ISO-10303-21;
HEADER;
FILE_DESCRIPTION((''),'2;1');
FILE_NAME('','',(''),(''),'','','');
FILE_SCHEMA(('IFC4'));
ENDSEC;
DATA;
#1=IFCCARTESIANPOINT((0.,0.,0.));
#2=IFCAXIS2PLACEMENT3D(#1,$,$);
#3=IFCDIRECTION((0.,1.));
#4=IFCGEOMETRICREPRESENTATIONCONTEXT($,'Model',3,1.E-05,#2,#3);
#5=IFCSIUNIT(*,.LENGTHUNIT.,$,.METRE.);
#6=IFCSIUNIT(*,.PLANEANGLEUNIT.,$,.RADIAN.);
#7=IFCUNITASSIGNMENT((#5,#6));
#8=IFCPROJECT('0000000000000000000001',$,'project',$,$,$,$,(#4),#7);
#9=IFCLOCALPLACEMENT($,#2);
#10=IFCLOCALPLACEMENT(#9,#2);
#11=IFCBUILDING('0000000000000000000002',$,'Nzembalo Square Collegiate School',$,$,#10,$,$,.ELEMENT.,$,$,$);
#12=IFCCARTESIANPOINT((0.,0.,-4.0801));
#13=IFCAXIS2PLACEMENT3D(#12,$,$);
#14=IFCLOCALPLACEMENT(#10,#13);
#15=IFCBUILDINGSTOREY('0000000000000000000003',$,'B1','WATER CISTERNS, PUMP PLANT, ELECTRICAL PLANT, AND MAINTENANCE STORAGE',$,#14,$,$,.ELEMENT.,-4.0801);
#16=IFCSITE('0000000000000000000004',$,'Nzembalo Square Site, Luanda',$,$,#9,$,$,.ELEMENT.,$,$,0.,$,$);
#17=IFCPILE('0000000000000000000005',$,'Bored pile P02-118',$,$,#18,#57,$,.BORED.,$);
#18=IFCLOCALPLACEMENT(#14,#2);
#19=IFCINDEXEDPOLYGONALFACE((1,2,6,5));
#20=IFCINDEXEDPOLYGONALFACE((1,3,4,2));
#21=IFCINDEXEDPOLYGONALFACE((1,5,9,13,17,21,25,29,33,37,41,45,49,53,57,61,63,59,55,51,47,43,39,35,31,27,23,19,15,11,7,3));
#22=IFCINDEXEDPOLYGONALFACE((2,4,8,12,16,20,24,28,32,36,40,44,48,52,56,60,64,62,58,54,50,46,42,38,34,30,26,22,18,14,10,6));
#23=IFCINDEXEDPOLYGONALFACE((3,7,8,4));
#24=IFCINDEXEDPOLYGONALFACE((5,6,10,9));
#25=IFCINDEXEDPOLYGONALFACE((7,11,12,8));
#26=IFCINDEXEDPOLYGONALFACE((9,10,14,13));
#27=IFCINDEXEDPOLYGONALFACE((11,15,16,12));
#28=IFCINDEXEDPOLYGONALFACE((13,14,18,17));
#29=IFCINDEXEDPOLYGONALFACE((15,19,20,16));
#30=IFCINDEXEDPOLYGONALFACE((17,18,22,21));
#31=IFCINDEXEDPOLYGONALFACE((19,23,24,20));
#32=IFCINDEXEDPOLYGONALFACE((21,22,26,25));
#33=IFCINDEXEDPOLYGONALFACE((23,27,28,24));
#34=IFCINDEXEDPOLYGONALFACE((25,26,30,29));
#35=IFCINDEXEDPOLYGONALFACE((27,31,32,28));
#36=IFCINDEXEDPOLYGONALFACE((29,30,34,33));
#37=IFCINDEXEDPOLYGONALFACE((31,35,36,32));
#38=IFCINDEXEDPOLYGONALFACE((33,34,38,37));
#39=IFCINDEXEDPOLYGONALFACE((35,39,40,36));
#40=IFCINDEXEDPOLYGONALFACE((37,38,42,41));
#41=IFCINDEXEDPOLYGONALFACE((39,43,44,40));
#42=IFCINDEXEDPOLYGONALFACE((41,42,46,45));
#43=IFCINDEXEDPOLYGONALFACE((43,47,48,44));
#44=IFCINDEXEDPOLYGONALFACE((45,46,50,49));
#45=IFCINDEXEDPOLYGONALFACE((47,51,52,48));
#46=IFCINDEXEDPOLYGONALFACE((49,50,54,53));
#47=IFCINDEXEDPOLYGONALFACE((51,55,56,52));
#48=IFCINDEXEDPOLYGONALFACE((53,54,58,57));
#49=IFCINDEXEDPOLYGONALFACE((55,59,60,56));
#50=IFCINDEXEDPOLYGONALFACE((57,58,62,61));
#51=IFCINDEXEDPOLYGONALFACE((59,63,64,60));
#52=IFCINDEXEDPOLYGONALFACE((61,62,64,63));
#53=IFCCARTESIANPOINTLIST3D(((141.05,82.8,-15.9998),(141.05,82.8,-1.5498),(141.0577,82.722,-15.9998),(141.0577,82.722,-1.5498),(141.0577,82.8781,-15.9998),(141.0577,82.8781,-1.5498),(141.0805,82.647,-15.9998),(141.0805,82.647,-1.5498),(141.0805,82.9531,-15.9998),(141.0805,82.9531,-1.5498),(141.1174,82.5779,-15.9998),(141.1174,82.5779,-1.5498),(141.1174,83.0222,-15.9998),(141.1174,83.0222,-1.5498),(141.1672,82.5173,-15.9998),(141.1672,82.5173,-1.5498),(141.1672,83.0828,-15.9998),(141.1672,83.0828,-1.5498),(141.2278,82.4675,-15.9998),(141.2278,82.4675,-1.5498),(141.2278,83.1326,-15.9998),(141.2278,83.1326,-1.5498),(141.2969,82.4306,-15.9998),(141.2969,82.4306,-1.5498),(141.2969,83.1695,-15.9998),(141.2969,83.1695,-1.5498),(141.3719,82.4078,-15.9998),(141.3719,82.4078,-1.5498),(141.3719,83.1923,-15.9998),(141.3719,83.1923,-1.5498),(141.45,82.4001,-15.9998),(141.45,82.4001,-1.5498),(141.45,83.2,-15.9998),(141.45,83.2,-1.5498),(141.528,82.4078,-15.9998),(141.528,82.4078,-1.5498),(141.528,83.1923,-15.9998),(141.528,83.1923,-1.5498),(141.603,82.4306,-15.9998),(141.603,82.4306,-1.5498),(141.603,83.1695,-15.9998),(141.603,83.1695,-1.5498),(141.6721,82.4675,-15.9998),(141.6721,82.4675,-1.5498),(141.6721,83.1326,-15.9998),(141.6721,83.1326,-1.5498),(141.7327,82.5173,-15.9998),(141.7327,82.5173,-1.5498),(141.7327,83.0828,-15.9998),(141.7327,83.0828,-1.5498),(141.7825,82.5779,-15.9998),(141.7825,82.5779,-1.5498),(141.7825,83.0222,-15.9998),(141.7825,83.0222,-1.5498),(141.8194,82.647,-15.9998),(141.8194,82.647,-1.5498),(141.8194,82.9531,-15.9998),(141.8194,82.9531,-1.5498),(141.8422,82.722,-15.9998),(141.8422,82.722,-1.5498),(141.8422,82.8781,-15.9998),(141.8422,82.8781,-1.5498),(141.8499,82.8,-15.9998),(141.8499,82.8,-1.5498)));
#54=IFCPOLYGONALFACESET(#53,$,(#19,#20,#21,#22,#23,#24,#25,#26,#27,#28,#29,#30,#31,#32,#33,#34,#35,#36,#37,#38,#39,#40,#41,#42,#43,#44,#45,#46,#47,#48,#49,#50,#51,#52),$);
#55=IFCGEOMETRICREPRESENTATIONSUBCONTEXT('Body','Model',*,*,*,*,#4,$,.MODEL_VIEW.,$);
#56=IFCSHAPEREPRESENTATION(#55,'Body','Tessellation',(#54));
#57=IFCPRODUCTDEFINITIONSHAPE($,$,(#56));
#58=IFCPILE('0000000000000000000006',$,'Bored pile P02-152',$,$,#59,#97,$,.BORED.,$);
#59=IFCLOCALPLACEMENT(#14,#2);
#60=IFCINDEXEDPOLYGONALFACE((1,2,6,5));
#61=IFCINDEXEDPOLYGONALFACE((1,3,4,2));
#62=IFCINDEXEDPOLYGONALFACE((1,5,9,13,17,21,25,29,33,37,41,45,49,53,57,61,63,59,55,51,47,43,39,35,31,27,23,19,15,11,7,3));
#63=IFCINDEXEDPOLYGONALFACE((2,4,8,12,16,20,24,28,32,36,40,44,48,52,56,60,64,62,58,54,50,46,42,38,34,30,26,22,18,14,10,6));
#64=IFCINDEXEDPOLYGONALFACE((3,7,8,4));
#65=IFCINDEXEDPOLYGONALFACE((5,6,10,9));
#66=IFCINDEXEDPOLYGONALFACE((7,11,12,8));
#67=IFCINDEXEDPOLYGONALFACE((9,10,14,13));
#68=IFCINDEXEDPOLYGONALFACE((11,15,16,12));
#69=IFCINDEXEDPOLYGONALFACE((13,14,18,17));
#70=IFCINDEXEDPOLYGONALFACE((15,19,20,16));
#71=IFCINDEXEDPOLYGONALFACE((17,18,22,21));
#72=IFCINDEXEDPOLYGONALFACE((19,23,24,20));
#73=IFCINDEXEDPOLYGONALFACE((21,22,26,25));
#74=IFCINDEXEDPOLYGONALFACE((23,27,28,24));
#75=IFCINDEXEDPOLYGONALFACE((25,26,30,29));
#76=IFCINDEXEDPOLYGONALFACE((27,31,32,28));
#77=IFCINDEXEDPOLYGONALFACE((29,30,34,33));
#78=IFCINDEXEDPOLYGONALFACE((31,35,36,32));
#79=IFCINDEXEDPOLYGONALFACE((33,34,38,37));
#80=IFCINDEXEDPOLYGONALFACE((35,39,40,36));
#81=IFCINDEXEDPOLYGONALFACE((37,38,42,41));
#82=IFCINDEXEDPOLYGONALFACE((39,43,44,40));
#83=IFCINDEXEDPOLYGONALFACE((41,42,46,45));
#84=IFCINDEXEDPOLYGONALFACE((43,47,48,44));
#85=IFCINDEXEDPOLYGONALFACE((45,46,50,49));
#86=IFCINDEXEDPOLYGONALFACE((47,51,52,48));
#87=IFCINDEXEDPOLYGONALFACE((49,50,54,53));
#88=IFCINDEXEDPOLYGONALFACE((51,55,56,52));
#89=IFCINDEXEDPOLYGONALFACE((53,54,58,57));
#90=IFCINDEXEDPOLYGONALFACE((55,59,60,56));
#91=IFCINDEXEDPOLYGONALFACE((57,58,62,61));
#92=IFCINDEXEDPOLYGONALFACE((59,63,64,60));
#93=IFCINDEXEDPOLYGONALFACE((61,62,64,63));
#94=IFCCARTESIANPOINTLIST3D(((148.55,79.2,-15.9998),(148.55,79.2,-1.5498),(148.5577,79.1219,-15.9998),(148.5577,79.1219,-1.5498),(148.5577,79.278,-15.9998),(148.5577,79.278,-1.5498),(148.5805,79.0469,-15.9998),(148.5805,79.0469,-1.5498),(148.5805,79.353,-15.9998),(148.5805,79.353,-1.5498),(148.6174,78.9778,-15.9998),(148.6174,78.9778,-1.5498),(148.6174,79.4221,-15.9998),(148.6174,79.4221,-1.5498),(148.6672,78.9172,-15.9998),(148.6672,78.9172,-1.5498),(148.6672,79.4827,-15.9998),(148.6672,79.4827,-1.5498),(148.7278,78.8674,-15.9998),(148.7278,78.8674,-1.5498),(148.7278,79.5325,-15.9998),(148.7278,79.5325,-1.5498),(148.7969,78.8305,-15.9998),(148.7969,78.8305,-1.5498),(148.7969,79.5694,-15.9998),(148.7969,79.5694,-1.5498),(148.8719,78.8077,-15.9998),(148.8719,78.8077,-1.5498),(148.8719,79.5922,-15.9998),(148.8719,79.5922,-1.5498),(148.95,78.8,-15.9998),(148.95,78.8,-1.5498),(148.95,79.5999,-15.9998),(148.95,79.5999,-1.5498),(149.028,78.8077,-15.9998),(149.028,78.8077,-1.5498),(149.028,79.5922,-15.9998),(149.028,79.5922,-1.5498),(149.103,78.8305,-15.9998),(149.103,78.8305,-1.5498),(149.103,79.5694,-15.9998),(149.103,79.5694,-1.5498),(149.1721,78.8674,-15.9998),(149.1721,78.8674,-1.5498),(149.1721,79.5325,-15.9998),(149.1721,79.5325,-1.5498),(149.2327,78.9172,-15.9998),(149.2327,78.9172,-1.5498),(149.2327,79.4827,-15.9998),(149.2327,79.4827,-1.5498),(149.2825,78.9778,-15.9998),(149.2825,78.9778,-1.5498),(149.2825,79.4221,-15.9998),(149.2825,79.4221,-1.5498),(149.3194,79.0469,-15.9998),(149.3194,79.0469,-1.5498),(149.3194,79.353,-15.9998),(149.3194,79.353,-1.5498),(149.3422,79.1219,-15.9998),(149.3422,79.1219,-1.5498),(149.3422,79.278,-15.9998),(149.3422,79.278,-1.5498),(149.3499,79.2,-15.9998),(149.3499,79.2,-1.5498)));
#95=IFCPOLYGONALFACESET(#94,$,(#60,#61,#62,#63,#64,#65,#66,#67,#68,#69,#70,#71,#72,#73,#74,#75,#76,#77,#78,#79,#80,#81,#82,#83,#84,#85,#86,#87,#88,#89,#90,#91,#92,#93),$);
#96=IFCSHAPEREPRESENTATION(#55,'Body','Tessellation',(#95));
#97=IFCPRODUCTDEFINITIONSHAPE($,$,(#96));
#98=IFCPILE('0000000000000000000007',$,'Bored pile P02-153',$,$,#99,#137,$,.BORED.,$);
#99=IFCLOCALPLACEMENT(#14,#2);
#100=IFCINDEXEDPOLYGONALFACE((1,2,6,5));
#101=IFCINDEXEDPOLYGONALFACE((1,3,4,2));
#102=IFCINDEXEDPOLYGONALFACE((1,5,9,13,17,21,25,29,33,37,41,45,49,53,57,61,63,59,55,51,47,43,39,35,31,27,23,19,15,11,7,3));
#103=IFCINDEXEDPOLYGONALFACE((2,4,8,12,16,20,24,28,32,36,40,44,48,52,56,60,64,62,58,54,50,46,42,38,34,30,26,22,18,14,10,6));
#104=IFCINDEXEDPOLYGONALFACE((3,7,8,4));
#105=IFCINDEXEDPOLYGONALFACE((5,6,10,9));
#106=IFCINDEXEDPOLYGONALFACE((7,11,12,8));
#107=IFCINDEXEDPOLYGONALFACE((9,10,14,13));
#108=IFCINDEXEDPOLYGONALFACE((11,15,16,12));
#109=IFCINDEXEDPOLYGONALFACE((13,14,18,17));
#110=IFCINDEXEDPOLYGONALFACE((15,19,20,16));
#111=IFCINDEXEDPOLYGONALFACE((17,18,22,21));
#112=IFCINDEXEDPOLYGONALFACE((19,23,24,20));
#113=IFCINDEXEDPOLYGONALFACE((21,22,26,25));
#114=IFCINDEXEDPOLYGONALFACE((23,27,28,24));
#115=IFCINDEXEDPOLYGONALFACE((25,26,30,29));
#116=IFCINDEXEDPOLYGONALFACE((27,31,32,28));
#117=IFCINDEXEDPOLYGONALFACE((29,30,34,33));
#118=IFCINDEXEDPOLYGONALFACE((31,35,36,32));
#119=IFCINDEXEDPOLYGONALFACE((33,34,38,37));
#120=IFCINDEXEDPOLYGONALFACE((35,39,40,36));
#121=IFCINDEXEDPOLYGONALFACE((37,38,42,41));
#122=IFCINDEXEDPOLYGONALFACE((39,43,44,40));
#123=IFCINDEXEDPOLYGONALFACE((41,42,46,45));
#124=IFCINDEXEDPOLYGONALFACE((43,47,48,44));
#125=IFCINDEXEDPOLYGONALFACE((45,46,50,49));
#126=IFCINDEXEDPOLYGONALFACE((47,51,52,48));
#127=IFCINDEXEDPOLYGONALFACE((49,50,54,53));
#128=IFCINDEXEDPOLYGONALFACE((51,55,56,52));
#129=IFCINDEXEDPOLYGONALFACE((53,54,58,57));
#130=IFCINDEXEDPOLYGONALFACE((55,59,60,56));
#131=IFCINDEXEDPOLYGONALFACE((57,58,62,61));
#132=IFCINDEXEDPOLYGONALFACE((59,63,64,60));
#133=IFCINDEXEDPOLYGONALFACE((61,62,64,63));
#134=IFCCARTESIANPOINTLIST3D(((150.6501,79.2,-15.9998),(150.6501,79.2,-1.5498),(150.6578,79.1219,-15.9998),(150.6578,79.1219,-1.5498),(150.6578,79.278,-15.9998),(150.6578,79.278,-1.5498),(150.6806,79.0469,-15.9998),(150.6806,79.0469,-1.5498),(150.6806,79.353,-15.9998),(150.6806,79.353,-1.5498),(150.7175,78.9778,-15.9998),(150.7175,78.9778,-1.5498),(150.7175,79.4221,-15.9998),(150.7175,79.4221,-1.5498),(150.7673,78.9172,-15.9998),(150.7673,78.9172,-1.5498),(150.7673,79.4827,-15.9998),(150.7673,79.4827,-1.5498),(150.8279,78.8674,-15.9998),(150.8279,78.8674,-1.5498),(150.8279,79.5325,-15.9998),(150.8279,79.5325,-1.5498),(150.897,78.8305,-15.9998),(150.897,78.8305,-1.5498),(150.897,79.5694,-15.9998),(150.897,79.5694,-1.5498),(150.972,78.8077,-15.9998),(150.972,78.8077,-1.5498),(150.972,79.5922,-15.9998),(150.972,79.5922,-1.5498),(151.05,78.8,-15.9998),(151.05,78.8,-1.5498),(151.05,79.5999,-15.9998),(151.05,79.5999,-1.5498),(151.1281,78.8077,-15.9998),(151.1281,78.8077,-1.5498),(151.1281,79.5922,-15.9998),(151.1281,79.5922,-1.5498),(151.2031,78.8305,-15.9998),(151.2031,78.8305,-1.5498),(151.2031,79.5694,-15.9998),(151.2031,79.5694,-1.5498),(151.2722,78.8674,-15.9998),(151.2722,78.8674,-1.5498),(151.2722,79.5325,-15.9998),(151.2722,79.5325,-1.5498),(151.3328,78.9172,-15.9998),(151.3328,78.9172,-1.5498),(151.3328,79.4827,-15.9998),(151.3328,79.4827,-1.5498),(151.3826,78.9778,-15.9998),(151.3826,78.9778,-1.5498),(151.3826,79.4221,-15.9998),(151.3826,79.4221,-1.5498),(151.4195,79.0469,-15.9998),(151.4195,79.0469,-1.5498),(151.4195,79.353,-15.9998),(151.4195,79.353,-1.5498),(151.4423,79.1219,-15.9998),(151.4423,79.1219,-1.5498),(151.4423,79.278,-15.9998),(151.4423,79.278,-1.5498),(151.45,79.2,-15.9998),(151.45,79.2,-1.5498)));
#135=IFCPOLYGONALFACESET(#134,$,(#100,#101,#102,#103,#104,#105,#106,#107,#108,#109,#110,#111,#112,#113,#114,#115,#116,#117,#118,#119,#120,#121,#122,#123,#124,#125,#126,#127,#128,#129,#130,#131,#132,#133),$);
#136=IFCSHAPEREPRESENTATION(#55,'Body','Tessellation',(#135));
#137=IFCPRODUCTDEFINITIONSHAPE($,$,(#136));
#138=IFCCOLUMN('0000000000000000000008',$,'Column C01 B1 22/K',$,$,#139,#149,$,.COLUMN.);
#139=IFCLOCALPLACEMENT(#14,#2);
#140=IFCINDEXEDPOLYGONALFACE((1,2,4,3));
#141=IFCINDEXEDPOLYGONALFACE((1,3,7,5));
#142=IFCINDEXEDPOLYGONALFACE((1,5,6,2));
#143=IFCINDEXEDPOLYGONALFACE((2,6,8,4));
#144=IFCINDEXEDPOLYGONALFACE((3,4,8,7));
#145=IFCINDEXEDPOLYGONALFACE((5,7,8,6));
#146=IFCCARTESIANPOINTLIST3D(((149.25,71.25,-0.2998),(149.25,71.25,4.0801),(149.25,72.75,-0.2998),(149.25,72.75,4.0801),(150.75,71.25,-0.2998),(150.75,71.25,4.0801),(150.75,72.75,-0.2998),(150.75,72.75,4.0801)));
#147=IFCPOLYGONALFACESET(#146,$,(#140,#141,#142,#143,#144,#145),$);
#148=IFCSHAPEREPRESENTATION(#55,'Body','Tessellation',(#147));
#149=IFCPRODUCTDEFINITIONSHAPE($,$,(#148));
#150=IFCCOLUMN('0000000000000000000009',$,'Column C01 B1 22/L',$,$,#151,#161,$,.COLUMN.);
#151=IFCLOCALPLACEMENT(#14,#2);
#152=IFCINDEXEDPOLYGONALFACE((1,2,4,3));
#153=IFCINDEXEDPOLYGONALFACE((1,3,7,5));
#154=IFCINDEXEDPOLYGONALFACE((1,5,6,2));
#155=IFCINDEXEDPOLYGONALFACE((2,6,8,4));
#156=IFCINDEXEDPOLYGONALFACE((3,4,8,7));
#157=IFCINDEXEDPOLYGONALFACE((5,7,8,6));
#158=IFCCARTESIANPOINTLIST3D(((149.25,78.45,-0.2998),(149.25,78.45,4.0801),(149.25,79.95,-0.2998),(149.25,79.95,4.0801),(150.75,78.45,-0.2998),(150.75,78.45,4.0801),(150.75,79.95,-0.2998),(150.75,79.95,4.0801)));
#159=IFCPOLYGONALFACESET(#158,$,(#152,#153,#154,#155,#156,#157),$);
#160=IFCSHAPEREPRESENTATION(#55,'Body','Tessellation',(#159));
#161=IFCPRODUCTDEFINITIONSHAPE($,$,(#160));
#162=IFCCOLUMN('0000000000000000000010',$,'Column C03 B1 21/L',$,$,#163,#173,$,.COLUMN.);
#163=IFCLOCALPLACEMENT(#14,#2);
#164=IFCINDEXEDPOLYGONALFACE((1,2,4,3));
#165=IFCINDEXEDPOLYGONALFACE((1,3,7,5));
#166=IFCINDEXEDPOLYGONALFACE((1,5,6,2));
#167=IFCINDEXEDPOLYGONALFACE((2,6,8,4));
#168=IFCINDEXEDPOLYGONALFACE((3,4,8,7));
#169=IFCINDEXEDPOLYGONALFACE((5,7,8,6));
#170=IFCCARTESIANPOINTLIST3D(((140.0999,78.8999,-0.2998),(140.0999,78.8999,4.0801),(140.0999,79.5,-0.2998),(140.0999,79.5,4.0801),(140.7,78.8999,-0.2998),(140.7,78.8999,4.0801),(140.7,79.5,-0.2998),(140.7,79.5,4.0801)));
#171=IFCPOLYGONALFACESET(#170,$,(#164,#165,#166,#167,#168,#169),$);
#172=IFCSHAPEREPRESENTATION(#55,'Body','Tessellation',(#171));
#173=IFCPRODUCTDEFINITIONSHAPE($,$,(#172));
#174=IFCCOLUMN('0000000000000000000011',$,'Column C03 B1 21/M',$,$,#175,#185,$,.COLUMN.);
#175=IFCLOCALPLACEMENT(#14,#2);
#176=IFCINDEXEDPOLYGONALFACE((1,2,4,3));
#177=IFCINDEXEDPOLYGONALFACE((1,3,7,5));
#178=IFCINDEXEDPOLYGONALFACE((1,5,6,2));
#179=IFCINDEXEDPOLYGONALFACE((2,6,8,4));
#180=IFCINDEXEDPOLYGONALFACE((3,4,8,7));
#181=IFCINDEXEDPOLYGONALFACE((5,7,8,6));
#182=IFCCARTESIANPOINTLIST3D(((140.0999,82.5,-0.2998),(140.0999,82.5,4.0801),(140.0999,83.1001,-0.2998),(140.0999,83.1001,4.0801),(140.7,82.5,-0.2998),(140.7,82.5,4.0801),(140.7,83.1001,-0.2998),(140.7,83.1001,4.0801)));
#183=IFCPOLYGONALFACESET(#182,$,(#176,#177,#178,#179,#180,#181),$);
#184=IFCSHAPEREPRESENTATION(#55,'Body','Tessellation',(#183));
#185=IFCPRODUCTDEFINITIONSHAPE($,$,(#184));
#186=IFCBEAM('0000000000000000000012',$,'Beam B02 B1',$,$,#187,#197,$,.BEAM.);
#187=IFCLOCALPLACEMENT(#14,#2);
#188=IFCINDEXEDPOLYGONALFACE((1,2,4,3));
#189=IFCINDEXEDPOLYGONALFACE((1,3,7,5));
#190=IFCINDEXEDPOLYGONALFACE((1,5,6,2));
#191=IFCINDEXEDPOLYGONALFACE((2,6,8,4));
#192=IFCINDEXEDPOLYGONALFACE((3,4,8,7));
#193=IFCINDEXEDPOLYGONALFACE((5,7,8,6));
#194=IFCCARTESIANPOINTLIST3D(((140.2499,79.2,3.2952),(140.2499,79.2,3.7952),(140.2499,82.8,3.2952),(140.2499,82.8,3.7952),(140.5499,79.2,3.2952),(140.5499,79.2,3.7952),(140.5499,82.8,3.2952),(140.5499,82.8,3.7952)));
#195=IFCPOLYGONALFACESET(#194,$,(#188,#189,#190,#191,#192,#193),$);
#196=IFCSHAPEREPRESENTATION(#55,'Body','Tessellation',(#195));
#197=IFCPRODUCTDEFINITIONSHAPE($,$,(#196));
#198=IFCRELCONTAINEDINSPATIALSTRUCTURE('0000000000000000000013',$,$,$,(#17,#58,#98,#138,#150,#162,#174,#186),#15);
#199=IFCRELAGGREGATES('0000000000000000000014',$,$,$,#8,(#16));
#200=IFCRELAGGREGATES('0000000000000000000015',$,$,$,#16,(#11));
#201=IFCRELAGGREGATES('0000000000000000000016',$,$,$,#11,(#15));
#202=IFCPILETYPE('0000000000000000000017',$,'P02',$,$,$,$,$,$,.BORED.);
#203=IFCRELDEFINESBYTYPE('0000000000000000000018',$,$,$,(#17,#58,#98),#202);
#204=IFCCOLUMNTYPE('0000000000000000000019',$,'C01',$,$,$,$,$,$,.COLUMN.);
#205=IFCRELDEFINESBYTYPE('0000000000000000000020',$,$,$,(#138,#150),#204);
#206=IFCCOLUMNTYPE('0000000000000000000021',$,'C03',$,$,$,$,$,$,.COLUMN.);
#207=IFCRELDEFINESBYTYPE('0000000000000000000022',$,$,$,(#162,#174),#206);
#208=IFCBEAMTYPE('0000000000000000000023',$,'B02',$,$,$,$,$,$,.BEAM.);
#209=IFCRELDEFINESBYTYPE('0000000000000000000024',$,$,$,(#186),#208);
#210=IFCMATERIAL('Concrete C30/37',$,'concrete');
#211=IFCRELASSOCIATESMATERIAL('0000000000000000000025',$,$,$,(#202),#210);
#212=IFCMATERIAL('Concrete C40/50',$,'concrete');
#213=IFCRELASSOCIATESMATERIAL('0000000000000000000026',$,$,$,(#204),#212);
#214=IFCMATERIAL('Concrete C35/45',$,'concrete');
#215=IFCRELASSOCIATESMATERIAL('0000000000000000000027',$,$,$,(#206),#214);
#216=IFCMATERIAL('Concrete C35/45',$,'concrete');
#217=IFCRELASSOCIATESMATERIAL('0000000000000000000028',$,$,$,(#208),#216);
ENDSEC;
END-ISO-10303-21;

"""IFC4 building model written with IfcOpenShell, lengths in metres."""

from ifc_helpers import new_model, si_unit, direction, frame, origin, origin_2d, place, context, subcontext, project, spatial, rectangle, circle, extrude, material, material_profile, profile_set, type_object, element, save


model = new_model("IFC4")

# Units and contexts
model_context = context("Model", 3, precision=1e-05, world=origin(), true_north=direction((0.0, 1.0)))
body_context = subcontext(model_context, "Body", "Model", "MODEL_VIEW")
ifc_project = project(units=[si_unit("LENGTHUNIT", "METRE"), si_unit("PLANEANGLEUNIT", "RADIAN")], contexts=[model_context])

# Site, building, storey
site_placement = place(None, origin())
site = spatial("IfcSite", under=ifc_project, at=site_placement, Name="Nzembalo Square Site, Luanda", CompositionType="ELEMENT", RefElevation=0.0)
building_placement = place(site_placement, origin())
building = spatial("IfcBuilding", under=site, at=building_placement, Name="Nzembalo Square Collegiate School", CompositionType="ELEMENT")
storey_placement = place(building_placement, frame((0.0, 0.0, -4.0801)))
storey = spatial("IfcBuildingStorey", under=building, at=storey_placement, Name="B1", Description="WATER CISTERNS, PUMP PLANT, ELECTRICAL PLANT, AND MAINTENANCE STORAGE", CompositionType="ELEMENT", Elevation=-4.0801)

# Piles
ifc_material_1 = material(Name="Concrete C30/37", Category="concrete")
ifc_material_profile_1 = material_profile(ifc_material_1, circle(Radius=0.3999, at=origin_2d()), Name="PILE D800")
ifc_profile_set_1 = profile_set([ifc_material_profile_1], Name="Concrete C30/37")
pile_type_1 = type_object("IfcPileType", Name="P02", PredefinedType="BORED", material=ifc_profile_set_1)
for number, where, z_axis, x_axis, name in (
    (1, (141.45, 82.8, -1.5498), (0.0, 0.0, -1.0), (1.0, 0.0, 0.0), "Bored pile P02-118"),
    (2, (148.95, 79.2, -1.5498), (0.0, 0.0, -1.0), (1.0, 0.0, 0.0), "Bored pile P02-152"),
    (3, (151.05, 79.2, -1.5498), (0.0, 0.0, -1.0), (1.0, 0.0, 0.0), "Bored pile P02-153"),
):
    element("IfcPile", number, at=place(storey_placement, frame(where, z_axis=z_axis, x_axis=x_axis)), inside=storey, type_object=pile_type_1, Name=name, PredefinedType="BORED", context=body_context, shape_type="SweptSolid", body=[
        extrude(circle(Radius=0.3999, at=origin_2d()), origin(), (0.0, 0.0, 1.0), 14.45),
    ])

# Columns
ifc_material_2 = material(Name="Concrete C40/50", Category="concrete")
ifc_material_profile_2 = material_profile(ifc_material_2, rectangle(XDim=1.5, YDim=1.5, at=origin_2d()), Name="RC 1500x1500")
ifc_profile_set_2 = profile_set([ifc_material_profile_2], Name="Concrete C40/50")
column_type_1 = type_object("IfcColumnType", Name="C01", PredefinedType="COLUMN", material=ifc_profile_set_2)
for number, where, z_axis, x_axis, name in (
    (4, (150.0, 72.0, -0.2998), (0.0, 0.0, 1.0), (1.0, 0.0, 0.0), "Column C01 B1 22/K"),
    (5, (150.0, 79.2, -0.2998), (0.0, 0.0, 1.0), (1.0, 0.0, 0.0), "Column C01 B1 22/L"),
):
    element("IfcColumn", number, at=place(storey_placement, frame(where, z_axis=z_axis, x_axis=x_axis)), inside=storey, type_object=column_type_1, Name=name, PredefinedType="COLUMN", context=body_context, shape_type="SweptSolid", body=[
        extrude(rectangle(XDim=1.5, YDim=1.5, at=origin_2d()), origin(), (0.0, 0.0, 1.0), 4.3799),
    ])
ifc_material_3 = material(Name="Concrete C35/45", Category="concrete")
ifc_material_profile_3 = material_profile(ifc_material_3, rectangle(XDim=0.6001, YDim=0.6001, at=origin_2d()), Name="RC 600x600")
ifc_profile_set_3 = profile_set([ifc_material_profile_3], Name="Concrete C35/45")
column_type_2 = type_object("IfcColumnType", Name="C03", PredefinedType="COLUMN", material=ifc_profile_set_3)
for number, where, z_axis, x_axis, name in (
    (6, (140.3999, 79.2, -0.2998), (0.0, 0.0, 1.0), (1.0, 0.0, 0.0), "Column C03 B1 21/L"),
    (7, (140.3999, 82.8, -0.2998), (0.0, 0.0, 1.0), (1.0, 0.0, 0.0), "Column C03 B1 21/M"),
):
    element("IfcColumn", number, at=place(storey_placement, frame(where, z_axis=z_axis, x_axis=x_axis)), inside=storey, type_object=column_type_2, Name=name, PredefinedType="COLUMN", context=body_context, shape_type="SweptSolid", body=[
        extrude(rectangle(XDim=0.6001, YDim=0.6001, at=origin_2d()), origin(), (0.0, 0.0, 1.0), 4.3799),
    ])

# Beam
ifc_material_4 = material(Name="Concrete C35/45", Category="concrete")
ifc_material_profile_4 = material_profile(ifc_material_4, rectangle(XDim=0.3, YDim=0.5, at=origin_2d()), Name="RC 300x500")
ifc_profile_set_4 = profile_set([ifc_material_profile_4], Name="Concrete C35/45")
beam_type_1 = type_object("IfcBeamType", Name="B02", PredefinedType="BEAM", material=ifc_profile_set_4)
beam_1_placement = place(storey_placement, frame((140.3999, 79.2, 3.5452), z_axis=(0.0, 1.0, 0.0), x_axis=(-1.0, 0.0, 0.0)))
element("IfcBeam", 8, at=beam_1_placement, inside=storey, type_object=beam_type_1, Name="Beam B02 B1", PredefinedType="BEAM", context=body_context, shape_type="SweptSolid", body=[
    extrude(rectangle(XDim=0.3, YDim=0.5, at=origin_2d()), origin(), (0.0, 0.0, 1.0), 3.6001),
])

save(model, "model.ifc")
